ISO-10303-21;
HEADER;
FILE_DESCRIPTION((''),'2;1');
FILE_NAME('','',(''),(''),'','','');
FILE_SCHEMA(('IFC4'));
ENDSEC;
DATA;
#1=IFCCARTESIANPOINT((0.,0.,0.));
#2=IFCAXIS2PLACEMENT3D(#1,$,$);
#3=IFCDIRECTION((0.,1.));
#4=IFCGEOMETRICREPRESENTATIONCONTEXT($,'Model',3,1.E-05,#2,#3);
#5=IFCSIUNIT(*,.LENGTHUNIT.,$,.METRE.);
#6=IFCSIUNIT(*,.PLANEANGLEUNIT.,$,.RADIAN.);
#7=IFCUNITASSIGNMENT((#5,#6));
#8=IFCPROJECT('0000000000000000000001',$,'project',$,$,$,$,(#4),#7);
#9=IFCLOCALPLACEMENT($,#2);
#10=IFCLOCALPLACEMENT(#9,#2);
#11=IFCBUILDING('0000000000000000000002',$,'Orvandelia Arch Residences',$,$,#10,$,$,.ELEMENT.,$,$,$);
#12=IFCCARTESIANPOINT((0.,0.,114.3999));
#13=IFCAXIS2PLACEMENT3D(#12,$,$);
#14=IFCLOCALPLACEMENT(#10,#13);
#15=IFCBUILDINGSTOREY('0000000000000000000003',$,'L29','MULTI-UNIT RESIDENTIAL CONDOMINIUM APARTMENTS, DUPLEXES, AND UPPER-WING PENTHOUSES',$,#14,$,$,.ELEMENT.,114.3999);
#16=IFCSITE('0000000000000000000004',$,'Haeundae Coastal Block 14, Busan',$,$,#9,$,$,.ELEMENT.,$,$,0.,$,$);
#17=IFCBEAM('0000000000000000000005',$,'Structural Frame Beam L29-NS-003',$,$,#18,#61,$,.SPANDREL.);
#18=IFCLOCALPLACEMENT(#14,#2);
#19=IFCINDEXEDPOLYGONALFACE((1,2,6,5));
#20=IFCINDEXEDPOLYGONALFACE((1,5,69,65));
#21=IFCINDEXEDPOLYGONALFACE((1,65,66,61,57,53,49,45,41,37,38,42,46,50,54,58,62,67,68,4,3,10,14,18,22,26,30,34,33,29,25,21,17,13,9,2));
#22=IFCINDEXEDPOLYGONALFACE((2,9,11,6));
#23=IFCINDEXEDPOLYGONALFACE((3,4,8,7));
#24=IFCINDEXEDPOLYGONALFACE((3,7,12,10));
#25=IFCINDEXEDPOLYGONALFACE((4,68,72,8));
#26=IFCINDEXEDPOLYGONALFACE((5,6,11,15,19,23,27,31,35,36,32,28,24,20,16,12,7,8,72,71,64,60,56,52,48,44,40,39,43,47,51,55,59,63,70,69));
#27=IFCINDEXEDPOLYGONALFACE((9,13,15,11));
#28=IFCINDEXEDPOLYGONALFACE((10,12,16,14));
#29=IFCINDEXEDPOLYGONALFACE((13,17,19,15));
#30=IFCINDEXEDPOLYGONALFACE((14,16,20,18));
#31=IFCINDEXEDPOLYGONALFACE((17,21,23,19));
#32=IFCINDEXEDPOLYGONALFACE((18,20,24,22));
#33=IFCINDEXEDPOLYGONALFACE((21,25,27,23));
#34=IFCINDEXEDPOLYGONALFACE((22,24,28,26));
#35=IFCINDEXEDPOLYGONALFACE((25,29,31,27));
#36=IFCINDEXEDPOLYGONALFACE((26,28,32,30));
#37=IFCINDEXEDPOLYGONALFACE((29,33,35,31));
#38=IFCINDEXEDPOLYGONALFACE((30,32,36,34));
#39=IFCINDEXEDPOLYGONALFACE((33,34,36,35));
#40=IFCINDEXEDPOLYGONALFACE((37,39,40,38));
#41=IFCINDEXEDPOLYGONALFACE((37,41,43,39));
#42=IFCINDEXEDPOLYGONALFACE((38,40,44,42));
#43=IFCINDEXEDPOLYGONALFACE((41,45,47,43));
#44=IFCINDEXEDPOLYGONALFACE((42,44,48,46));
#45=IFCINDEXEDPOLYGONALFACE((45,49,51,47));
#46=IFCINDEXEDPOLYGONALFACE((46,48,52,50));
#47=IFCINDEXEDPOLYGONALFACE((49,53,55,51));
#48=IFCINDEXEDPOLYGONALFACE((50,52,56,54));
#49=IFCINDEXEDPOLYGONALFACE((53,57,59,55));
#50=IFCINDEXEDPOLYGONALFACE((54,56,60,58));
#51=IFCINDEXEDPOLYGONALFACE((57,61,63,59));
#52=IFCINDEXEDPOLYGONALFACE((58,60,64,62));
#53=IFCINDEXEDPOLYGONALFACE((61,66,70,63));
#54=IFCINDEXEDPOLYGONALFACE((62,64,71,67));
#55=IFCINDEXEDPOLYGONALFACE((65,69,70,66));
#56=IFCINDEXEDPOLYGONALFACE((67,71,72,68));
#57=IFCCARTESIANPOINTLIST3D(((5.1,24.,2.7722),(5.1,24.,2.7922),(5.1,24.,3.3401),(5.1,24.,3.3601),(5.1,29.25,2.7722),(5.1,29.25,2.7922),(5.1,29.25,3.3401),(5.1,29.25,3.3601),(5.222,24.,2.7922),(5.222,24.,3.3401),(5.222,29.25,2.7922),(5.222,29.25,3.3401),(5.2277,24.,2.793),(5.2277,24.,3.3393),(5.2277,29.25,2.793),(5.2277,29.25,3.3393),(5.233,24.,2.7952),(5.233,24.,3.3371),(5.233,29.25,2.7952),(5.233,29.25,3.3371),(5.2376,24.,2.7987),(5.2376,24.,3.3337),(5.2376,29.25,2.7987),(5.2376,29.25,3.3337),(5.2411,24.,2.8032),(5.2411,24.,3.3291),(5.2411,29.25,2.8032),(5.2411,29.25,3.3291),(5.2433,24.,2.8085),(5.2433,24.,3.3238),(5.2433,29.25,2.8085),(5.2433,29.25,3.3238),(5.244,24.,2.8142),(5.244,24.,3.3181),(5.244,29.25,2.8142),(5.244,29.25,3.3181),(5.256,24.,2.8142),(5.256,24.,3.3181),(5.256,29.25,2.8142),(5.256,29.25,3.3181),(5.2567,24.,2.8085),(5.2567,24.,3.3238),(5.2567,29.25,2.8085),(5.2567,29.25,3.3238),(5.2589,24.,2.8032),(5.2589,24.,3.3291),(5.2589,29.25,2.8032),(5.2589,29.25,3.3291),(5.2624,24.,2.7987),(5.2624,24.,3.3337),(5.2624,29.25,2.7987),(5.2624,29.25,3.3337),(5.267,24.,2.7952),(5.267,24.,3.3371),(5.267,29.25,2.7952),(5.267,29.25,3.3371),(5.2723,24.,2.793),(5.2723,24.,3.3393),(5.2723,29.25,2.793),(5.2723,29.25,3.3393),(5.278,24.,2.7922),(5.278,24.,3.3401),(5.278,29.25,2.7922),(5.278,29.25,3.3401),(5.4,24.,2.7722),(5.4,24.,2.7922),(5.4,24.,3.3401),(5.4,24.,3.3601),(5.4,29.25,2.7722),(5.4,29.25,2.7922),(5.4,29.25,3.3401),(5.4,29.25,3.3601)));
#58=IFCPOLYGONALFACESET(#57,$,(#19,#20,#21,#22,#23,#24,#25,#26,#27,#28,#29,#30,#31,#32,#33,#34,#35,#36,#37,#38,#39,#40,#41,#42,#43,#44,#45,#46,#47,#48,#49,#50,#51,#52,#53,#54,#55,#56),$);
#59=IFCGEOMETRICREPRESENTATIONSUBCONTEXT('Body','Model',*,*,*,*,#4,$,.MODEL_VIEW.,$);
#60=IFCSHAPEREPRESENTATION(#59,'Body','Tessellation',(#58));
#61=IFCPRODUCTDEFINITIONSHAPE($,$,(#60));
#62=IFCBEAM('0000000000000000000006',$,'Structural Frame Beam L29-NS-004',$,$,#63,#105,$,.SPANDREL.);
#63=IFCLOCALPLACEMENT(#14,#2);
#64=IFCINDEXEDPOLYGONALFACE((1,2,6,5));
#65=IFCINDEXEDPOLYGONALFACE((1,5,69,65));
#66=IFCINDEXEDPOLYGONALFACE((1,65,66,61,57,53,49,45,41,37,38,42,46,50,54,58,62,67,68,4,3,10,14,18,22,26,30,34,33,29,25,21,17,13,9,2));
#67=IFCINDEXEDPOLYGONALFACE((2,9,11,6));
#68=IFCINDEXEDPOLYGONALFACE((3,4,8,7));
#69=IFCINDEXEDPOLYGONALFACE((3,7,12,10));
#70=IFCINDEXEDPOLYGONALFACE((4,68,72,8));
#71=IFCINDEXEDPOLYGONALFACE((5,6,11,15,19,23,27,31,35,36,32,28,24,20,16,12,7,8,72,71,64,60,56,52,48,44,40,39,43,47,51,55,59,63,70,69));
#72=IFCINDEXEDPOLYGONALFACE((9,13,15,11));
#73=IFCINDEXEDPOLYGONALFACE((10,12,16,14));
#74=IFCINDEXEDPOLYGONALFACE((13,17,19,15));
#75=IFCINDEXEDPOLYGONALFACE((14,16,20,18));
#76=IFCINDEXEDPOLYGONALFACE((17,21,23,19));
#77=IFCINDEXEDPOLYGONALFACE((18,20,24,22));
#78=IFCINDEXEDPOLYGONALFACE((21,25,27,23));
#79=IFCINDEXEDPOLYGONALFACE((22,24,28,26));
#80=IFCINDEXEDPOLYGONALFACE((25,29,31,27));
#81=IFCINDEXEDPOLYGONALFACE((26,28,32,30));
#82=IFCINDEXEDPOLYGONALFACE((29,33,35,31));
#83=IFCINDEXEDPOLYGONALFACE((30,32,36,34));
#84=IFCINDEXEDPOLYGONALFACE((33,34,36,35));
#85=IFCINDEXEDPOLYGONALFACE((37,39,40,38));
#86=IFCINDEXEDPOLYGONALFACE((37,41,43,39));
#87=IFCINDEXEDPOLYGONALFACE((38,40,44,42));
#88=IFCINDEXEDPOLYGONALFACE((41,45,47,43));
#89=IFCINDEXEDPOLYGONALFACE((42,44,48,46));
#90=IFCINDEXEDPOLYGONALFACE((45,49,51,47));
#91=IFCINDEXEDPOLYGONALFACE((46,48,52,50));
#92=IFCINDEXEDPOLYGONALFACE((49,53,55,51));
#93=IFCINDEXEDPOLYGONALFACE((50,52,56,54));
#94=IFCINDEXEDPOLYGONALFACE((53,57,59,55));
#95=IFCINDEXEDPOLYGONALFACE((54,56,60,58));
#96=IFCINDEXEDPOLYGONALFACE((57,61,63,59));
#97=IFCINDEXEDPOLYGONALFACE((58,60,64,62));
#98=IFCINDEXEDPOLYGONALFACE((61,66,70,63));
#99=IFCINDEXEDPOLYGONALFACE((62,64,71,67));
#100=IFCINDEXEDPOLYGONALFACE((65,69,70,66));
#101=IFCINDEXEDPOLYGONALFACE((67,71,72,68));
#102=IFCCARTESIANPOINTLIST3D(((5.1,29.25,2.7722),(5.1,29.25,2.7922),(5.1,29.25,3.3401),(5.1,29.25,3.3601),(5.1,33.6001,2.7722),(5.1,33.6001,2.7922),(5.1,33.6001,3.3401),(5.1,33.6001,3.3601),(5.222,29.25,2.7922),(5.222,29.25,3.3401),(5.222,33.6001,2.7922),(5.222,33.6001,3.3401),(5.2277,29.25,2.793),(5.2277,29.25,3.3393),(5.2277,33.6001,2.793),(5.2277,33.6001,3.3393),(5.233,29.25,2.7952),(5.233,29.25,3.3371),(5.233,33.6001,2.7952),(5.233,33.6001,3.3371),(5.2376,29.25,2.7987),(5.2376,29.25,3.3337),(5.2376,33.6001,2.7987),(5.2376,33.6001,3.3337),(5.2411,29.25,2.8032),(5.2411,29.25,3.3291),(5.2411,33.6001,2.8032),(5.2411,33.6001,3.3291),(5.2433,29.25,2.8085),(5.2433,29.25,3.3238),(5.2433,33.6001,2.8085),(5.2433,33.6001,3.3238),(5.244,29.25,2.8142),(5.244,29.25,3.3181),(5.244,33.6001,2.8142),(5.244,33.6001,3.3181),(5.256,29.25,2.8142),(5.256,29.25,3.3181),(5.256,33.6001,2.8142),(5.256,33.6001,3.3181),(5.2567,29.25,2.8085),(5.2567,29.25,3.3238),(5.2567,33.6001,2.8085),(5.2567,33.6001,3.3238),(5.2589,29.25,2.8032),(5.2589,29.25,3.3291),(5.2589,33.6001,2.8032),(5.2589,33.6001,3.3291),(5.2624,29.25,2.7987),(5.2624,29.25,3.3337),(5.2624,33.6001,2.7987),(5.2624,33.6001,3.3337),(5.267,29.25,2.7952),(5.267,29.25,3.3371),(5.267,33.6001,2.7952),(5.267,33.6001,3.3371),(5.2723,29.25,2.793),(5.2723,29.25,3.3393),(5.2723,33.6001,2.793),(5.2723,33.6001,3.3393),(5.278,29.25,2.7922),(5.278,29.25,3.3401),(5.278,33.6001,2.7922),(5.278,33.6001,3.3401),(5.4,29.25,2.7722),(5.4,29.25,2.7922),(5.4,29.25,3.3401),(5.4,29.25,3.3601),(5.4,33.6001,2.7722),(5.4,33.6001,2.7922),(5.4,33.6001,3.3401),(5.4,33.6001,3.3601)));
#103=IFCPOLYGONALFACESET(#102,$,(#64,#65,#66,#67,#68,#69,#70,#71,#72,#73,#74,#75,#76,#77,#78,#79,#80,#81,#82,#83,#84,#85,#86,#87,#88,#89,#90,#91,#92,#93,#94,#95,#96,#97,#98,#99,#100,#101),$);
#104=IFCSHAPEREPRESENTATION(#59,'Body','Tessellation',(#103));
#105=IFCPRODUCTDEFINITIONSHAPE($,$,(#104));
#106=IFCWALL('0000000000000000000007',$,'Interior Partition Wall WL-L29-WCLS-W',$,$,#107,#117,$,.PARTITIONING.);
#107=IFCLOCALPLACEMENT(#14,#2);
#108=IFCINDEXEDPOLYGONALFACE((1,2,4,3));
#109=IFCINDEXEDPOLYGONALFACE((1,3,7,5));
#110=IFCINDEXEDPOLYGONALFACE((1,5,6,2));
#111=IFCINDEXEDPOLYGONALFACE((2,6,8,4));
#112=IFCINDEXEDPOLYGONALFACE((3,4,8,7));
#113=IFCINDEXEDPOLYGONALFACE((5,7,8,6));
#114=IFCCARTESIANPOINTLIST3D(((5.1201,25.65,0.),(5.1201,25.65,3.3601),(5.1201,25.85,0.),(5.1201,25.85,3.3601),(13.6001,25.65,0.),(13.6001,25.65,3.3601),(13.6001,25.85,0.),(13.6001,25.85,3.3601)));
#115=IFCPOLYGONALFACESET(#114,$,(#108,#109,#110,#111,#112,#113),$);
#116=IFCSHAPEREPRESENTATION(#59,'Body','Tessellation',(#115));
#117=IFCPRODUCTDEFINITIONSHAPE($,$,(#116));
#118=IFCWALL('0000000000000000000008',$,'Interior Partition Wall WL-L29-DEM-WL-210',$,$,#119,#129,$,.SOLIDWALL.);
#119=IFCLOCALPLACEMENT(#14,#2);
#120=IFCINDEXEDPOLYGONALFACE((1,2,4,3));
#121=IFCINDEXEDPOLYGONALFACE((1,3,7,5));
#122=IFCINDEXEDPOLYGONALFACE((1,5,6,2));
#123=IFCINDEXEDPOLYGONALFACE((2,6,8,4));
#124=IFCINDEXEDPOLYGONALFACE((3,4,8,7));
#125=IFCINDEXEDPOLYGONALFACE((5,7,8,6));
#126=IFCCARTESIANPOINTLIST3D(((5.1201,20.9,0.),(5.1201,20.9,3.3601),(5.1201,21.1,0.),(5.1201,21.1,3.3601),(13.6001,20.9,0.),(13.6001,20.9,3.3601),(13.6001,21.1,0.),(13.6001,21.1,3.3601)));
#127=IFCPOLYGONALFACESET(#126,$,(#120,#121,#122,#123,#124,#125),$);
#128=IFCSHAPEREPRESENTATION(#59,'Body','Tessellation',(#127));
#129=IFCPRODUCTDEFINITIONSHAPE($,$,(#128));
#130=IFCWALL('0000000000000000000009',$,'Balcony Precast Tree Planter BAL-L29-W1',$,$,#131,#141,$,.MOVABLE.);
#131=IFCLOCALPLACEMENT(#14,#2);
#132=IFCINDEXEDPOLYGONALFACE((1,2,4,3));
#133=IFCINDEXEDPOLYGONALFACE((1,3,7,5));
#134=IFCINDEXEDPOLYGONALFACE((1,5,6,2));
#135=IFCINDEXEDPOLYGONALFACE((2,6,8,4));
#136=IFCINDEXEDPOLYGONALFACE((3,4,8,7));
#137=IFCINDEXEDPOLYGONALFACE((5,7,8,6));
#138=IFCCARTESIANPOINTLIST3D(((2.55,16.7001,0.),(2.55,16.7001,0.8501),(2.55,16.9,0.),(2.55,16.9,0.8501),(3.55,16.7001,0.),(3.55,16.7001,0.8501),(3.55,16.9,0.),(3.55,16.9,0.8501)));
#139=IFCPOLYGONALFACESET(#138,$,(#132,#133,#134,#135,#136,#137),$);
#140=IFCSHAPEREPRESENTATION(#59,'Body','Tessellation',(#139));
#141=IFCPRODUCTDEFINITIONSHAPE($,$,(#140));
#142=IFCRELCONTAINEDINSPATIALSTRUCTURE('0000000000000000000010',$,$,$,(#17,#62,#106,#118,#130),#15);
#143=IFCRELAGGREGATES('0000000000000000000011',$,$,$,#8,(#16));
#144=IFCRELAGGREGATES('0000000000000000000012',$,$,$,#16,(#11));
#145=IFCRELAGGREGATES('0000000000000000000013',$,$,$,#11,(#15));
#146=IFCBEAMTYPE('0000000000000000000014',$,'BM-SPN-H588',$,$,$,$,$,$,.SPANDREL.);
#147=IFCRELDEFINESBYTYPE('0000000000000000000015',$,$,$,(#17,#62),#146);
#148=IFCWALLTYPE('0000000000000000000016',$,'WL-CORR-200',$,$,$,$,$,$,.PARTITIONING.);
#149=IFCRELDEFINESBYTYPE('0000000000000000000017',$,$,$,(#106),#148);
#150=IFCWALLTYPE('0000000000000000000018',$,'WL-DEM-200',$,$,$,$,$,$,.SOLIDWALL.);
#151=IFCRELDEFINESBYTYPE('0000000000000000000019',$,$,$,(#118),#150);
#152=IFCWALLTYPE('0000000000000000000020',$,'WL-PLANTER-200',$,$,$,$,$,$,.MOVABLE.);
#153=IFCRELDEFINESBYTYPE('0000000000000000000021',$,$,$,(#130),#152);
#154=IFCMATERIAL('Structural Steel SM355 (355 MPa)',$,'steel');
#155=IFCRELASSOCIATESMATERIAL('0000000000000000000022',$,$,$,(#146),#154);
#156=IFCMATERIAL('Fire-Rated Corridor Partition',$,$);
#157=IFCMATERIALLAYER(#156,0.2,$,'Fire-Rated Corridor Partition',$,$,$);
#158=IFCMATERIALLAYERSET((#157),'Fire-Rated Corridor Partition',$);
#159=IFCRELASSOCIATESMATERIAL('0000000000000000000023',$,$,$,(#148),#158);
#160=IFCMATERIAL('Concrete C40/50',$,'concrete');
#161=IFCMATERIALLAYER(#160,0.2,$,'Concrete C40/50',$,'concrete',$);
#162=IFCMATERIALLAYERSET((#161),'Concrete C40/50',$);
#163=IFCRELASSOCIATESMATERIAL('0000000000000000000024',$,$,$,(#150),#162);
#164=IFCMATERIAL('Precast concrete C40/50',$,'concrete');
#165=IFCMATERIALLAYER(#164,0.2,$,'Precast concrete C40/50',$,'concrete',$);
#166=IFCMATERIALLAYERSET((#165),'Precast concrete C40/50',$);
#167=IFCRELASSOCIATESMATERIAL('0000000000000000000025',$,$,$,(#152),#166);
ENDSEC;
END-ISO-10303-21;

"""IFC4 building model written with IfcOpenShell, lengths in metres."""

from ifc_helpers import new_model, si_unit, direction, frame, frame_2d, origin, origin_2d, place, context, subcontext, project, spatial, rectangle, i_section, extrude, material, layer, layer_set, material_profile, profile_set, type_object, element, save


model = new_model("IFC4")

# Units and contexts
model_context = context("Model", 3, precision=1e-05, world=origin(), true_north=direction((0.0, 1.0)))
body_context = subcontext(model_context, "Body", "Model", "MODEL_VIEW")
ifc_project = project(units=[si_unit("LENGTHUNIT", "METRE"), si_unit("PLANEANGLEUNIT", "RADIAN")], contexts=[model_context])

# Site, building, storey
site_placement = place(None, origin())
site = spatial("IfcSite", under=ifc_project, at=site_placement, Name="Haeundae Coastal Block 14, Busan", CompositionType="ELEMENT", RefElevation=0.0)
building_placement = place(site_placement, origin())
building = spatial("IfcBuilding", under=site, at=building_placement, Name="Orvandelia Arch Residences", CompositionType="ELEMENT")
storey_placement = place(building_placement, frame((0.0, 0.0, 114.3999)))
storey = spatial("IfcBuildingStorey", under=building, at=storey_placement, Name="L29", Description="MULTI-UNIT RESIDENTIAL CONDOMINIUM APARTMENTS, DUPLEXES, AND UPPER-WING PENTHOUSES", CompositionType="ELEMENT", Elevation=114.3999)

# Beams
ifc_material_1 = material(Name="Structural Steel SM355 (355 MPa)", Category="steel")
ifc_material_profile_1 = material_profile(ifc_material_1, i_section(OverallWidth=0.3, OverallDepth=0.5879, WebThickness=0.012, FlangeThickness=0.02, FilletRadius=0.022, at=origin_2d()), Name="Structural Steel SM355 (355 MPa)", Category="steel")
ifc_profile_set_1 = profile_set([ifc_material_profile_1], Name="Structural Steel SM355 (355 MPa)")
beam_type_1 = type_object("IfcBeamType", Name="BM-SPN-H588", PredefinedType="SPANDREL", material=ifc_profile_set_1)
beam_1_placement = place(storey_placement, frame((5.25, 24.0, 3.0662), z_axis=(0.0, 1.0, 0.0), x_axis=(-1.0, 0.0, 0.0)))
element("IfcBeam", 1, at=beam_1_placement, inside=storey, type_object=beam_type_1, Name="Structural Frame Beam L29-NS-003", PredefinedType="SPANDREL", context=body_context, shape_type="SweptSolid", body=[
    extrude(i_section(OverallWidth=0.3, OverallDepth=0.5879, WebThickness=0.012, FlangeThickness=0.02, FilletRadius=0.022, at=origin_2d()), origin(), (0.0, 0.0, 1.0), 5.25),
])
beam_2_placement = place(storey_placement, frame((5.25, 29.25, 3.0662), z_axis=(0.0, 1.0, 0.0), x_axis=(-1.0, 0.0, 0.0)))
element("IfcBeam", 2, at=beam_2_placement, inside=storey, type_object=beam_type_1, Name="Structural Frame Beam L29-NS-004", PredefinedType="SPANDREL", context=body_context, shape_type="SweptSolid", body=[
    extrude(i_section(OverallWidth=0.3, OverallDepth=0.5879, WebThickness=0.012, FlangeThickness=0.02, FilletRadius=0.022, at=origin_2d()), origin(), (0.0, 0.0, 1.0), 4.3501),
])

# Walls
ifc_material_2 = material(Name="Fire-Rated Corridor Partition")
ifc_layer_1 = layer(ifc_material_2, 0.2, Name="Fire-Rated Corridor Partition")
ifc_layer_set_1 = layer_set([ifc_layer_1], Name="Fire-Rated Corridor Partition")
wall_type_1 = type_object("IfcWallType", Name="WL-CORR-200", PredefinedType="PARTITIONING", material=ifc_layer_set_1)
wall_1_placement = place(storey_placement, frame((5.1201, 25.75, 0.0), z_axis=(0.0, 0.0, 1.0), x_axis=(1.0, 0.0, 0.0)))
element("IfcWall", 3, at=wall_1_placement, inside=storey, type_object=wall_type_1, Name="Interior Partition Wall WL-L29-WCLS-W", PredefinedType="PARTITIONING", context=body_context, shape_type="SweptSolid", body=[
    extrude(rectangle(XDim=8.48, YDim=0.2, at=frame_2d((4.24, 0.0))), origin(), (0.0, 0.0, 1.0), 3.3601),
])
ifc_material_3 = material(Name="Concrete C40/50", Category="concrete")
ifc_layer_2 = layer(ifc_material_3, 0.2, Name="Concrete C40/50", Category="concrete")
ifc_layer_set_2 = layer_set([ifc_layer_2], Name="Concrete C40/50")
wall_type_2 = type_object("IfcWallType", Name="WL-DEM-200", PredefinedType="SOLIDWALL", material=ifc_layer_set_2)
wall_2_placement = place(storey_placement, frame((5.1201, 21.0, 0.0), z_axis=(0.0, 0.0, 1.0), x_axis=(1.0, 0.0, 0.0)))
element("IfcWall", 4, at=wall_2_placement, inside=storey, type_object=wall_type_2, Name="Interior Partition Wall WL-L29-DEM-WL-210", PredefinedType="SOLIDWALL", context=body_context, shape_type="SweptSolid", body=[
    extrude(rectangle(XDim=8.48, YDim=0.2, at=frame_2d((4.24, 0.0))), origin(), (0.0, 0.0, 1.0), 3.3601),
])
ifc_material_4 = material(Name="Precast concrete C40/50", Category="concrete")
ifc_layer_3 = layer(ifc_material_4, 0.2, Name="Precast concrete C40/50", Category="concrete")
ifc_layer_set_3 = layer_set([ifc_layer_3], Name="Precast concrete C40/50")
wall_type_3 = type_object("IfcWallType", Name="WL-PLANTER-200", PredefinedType="MOVABLE", material=ifc_layer_set_3)
wall_3_placement = place(storey_placement, frame((2.55, 16.8, 0.0), z_axis=(0.0, 0.0, 1.0), x_axis=(1.0, 0.0, 0.0)))
element("IfcWall", 5, at=wall_3_placement, inside=storey, type_object=wall_type_3, Name="Balcony Precast Tree Planter BAL-L29-W1", PredefinedType="MOVABLE", context=body_context, shape_type="SweptSolid", body=[
    extrude(rectangle(XDim=1.0, YDim=0.2, at=frame_2d((0.5, 0.0))), origin(), (0.0, 0.0, 1.0), 0.8501),
])

save(model, "model.ifc")
